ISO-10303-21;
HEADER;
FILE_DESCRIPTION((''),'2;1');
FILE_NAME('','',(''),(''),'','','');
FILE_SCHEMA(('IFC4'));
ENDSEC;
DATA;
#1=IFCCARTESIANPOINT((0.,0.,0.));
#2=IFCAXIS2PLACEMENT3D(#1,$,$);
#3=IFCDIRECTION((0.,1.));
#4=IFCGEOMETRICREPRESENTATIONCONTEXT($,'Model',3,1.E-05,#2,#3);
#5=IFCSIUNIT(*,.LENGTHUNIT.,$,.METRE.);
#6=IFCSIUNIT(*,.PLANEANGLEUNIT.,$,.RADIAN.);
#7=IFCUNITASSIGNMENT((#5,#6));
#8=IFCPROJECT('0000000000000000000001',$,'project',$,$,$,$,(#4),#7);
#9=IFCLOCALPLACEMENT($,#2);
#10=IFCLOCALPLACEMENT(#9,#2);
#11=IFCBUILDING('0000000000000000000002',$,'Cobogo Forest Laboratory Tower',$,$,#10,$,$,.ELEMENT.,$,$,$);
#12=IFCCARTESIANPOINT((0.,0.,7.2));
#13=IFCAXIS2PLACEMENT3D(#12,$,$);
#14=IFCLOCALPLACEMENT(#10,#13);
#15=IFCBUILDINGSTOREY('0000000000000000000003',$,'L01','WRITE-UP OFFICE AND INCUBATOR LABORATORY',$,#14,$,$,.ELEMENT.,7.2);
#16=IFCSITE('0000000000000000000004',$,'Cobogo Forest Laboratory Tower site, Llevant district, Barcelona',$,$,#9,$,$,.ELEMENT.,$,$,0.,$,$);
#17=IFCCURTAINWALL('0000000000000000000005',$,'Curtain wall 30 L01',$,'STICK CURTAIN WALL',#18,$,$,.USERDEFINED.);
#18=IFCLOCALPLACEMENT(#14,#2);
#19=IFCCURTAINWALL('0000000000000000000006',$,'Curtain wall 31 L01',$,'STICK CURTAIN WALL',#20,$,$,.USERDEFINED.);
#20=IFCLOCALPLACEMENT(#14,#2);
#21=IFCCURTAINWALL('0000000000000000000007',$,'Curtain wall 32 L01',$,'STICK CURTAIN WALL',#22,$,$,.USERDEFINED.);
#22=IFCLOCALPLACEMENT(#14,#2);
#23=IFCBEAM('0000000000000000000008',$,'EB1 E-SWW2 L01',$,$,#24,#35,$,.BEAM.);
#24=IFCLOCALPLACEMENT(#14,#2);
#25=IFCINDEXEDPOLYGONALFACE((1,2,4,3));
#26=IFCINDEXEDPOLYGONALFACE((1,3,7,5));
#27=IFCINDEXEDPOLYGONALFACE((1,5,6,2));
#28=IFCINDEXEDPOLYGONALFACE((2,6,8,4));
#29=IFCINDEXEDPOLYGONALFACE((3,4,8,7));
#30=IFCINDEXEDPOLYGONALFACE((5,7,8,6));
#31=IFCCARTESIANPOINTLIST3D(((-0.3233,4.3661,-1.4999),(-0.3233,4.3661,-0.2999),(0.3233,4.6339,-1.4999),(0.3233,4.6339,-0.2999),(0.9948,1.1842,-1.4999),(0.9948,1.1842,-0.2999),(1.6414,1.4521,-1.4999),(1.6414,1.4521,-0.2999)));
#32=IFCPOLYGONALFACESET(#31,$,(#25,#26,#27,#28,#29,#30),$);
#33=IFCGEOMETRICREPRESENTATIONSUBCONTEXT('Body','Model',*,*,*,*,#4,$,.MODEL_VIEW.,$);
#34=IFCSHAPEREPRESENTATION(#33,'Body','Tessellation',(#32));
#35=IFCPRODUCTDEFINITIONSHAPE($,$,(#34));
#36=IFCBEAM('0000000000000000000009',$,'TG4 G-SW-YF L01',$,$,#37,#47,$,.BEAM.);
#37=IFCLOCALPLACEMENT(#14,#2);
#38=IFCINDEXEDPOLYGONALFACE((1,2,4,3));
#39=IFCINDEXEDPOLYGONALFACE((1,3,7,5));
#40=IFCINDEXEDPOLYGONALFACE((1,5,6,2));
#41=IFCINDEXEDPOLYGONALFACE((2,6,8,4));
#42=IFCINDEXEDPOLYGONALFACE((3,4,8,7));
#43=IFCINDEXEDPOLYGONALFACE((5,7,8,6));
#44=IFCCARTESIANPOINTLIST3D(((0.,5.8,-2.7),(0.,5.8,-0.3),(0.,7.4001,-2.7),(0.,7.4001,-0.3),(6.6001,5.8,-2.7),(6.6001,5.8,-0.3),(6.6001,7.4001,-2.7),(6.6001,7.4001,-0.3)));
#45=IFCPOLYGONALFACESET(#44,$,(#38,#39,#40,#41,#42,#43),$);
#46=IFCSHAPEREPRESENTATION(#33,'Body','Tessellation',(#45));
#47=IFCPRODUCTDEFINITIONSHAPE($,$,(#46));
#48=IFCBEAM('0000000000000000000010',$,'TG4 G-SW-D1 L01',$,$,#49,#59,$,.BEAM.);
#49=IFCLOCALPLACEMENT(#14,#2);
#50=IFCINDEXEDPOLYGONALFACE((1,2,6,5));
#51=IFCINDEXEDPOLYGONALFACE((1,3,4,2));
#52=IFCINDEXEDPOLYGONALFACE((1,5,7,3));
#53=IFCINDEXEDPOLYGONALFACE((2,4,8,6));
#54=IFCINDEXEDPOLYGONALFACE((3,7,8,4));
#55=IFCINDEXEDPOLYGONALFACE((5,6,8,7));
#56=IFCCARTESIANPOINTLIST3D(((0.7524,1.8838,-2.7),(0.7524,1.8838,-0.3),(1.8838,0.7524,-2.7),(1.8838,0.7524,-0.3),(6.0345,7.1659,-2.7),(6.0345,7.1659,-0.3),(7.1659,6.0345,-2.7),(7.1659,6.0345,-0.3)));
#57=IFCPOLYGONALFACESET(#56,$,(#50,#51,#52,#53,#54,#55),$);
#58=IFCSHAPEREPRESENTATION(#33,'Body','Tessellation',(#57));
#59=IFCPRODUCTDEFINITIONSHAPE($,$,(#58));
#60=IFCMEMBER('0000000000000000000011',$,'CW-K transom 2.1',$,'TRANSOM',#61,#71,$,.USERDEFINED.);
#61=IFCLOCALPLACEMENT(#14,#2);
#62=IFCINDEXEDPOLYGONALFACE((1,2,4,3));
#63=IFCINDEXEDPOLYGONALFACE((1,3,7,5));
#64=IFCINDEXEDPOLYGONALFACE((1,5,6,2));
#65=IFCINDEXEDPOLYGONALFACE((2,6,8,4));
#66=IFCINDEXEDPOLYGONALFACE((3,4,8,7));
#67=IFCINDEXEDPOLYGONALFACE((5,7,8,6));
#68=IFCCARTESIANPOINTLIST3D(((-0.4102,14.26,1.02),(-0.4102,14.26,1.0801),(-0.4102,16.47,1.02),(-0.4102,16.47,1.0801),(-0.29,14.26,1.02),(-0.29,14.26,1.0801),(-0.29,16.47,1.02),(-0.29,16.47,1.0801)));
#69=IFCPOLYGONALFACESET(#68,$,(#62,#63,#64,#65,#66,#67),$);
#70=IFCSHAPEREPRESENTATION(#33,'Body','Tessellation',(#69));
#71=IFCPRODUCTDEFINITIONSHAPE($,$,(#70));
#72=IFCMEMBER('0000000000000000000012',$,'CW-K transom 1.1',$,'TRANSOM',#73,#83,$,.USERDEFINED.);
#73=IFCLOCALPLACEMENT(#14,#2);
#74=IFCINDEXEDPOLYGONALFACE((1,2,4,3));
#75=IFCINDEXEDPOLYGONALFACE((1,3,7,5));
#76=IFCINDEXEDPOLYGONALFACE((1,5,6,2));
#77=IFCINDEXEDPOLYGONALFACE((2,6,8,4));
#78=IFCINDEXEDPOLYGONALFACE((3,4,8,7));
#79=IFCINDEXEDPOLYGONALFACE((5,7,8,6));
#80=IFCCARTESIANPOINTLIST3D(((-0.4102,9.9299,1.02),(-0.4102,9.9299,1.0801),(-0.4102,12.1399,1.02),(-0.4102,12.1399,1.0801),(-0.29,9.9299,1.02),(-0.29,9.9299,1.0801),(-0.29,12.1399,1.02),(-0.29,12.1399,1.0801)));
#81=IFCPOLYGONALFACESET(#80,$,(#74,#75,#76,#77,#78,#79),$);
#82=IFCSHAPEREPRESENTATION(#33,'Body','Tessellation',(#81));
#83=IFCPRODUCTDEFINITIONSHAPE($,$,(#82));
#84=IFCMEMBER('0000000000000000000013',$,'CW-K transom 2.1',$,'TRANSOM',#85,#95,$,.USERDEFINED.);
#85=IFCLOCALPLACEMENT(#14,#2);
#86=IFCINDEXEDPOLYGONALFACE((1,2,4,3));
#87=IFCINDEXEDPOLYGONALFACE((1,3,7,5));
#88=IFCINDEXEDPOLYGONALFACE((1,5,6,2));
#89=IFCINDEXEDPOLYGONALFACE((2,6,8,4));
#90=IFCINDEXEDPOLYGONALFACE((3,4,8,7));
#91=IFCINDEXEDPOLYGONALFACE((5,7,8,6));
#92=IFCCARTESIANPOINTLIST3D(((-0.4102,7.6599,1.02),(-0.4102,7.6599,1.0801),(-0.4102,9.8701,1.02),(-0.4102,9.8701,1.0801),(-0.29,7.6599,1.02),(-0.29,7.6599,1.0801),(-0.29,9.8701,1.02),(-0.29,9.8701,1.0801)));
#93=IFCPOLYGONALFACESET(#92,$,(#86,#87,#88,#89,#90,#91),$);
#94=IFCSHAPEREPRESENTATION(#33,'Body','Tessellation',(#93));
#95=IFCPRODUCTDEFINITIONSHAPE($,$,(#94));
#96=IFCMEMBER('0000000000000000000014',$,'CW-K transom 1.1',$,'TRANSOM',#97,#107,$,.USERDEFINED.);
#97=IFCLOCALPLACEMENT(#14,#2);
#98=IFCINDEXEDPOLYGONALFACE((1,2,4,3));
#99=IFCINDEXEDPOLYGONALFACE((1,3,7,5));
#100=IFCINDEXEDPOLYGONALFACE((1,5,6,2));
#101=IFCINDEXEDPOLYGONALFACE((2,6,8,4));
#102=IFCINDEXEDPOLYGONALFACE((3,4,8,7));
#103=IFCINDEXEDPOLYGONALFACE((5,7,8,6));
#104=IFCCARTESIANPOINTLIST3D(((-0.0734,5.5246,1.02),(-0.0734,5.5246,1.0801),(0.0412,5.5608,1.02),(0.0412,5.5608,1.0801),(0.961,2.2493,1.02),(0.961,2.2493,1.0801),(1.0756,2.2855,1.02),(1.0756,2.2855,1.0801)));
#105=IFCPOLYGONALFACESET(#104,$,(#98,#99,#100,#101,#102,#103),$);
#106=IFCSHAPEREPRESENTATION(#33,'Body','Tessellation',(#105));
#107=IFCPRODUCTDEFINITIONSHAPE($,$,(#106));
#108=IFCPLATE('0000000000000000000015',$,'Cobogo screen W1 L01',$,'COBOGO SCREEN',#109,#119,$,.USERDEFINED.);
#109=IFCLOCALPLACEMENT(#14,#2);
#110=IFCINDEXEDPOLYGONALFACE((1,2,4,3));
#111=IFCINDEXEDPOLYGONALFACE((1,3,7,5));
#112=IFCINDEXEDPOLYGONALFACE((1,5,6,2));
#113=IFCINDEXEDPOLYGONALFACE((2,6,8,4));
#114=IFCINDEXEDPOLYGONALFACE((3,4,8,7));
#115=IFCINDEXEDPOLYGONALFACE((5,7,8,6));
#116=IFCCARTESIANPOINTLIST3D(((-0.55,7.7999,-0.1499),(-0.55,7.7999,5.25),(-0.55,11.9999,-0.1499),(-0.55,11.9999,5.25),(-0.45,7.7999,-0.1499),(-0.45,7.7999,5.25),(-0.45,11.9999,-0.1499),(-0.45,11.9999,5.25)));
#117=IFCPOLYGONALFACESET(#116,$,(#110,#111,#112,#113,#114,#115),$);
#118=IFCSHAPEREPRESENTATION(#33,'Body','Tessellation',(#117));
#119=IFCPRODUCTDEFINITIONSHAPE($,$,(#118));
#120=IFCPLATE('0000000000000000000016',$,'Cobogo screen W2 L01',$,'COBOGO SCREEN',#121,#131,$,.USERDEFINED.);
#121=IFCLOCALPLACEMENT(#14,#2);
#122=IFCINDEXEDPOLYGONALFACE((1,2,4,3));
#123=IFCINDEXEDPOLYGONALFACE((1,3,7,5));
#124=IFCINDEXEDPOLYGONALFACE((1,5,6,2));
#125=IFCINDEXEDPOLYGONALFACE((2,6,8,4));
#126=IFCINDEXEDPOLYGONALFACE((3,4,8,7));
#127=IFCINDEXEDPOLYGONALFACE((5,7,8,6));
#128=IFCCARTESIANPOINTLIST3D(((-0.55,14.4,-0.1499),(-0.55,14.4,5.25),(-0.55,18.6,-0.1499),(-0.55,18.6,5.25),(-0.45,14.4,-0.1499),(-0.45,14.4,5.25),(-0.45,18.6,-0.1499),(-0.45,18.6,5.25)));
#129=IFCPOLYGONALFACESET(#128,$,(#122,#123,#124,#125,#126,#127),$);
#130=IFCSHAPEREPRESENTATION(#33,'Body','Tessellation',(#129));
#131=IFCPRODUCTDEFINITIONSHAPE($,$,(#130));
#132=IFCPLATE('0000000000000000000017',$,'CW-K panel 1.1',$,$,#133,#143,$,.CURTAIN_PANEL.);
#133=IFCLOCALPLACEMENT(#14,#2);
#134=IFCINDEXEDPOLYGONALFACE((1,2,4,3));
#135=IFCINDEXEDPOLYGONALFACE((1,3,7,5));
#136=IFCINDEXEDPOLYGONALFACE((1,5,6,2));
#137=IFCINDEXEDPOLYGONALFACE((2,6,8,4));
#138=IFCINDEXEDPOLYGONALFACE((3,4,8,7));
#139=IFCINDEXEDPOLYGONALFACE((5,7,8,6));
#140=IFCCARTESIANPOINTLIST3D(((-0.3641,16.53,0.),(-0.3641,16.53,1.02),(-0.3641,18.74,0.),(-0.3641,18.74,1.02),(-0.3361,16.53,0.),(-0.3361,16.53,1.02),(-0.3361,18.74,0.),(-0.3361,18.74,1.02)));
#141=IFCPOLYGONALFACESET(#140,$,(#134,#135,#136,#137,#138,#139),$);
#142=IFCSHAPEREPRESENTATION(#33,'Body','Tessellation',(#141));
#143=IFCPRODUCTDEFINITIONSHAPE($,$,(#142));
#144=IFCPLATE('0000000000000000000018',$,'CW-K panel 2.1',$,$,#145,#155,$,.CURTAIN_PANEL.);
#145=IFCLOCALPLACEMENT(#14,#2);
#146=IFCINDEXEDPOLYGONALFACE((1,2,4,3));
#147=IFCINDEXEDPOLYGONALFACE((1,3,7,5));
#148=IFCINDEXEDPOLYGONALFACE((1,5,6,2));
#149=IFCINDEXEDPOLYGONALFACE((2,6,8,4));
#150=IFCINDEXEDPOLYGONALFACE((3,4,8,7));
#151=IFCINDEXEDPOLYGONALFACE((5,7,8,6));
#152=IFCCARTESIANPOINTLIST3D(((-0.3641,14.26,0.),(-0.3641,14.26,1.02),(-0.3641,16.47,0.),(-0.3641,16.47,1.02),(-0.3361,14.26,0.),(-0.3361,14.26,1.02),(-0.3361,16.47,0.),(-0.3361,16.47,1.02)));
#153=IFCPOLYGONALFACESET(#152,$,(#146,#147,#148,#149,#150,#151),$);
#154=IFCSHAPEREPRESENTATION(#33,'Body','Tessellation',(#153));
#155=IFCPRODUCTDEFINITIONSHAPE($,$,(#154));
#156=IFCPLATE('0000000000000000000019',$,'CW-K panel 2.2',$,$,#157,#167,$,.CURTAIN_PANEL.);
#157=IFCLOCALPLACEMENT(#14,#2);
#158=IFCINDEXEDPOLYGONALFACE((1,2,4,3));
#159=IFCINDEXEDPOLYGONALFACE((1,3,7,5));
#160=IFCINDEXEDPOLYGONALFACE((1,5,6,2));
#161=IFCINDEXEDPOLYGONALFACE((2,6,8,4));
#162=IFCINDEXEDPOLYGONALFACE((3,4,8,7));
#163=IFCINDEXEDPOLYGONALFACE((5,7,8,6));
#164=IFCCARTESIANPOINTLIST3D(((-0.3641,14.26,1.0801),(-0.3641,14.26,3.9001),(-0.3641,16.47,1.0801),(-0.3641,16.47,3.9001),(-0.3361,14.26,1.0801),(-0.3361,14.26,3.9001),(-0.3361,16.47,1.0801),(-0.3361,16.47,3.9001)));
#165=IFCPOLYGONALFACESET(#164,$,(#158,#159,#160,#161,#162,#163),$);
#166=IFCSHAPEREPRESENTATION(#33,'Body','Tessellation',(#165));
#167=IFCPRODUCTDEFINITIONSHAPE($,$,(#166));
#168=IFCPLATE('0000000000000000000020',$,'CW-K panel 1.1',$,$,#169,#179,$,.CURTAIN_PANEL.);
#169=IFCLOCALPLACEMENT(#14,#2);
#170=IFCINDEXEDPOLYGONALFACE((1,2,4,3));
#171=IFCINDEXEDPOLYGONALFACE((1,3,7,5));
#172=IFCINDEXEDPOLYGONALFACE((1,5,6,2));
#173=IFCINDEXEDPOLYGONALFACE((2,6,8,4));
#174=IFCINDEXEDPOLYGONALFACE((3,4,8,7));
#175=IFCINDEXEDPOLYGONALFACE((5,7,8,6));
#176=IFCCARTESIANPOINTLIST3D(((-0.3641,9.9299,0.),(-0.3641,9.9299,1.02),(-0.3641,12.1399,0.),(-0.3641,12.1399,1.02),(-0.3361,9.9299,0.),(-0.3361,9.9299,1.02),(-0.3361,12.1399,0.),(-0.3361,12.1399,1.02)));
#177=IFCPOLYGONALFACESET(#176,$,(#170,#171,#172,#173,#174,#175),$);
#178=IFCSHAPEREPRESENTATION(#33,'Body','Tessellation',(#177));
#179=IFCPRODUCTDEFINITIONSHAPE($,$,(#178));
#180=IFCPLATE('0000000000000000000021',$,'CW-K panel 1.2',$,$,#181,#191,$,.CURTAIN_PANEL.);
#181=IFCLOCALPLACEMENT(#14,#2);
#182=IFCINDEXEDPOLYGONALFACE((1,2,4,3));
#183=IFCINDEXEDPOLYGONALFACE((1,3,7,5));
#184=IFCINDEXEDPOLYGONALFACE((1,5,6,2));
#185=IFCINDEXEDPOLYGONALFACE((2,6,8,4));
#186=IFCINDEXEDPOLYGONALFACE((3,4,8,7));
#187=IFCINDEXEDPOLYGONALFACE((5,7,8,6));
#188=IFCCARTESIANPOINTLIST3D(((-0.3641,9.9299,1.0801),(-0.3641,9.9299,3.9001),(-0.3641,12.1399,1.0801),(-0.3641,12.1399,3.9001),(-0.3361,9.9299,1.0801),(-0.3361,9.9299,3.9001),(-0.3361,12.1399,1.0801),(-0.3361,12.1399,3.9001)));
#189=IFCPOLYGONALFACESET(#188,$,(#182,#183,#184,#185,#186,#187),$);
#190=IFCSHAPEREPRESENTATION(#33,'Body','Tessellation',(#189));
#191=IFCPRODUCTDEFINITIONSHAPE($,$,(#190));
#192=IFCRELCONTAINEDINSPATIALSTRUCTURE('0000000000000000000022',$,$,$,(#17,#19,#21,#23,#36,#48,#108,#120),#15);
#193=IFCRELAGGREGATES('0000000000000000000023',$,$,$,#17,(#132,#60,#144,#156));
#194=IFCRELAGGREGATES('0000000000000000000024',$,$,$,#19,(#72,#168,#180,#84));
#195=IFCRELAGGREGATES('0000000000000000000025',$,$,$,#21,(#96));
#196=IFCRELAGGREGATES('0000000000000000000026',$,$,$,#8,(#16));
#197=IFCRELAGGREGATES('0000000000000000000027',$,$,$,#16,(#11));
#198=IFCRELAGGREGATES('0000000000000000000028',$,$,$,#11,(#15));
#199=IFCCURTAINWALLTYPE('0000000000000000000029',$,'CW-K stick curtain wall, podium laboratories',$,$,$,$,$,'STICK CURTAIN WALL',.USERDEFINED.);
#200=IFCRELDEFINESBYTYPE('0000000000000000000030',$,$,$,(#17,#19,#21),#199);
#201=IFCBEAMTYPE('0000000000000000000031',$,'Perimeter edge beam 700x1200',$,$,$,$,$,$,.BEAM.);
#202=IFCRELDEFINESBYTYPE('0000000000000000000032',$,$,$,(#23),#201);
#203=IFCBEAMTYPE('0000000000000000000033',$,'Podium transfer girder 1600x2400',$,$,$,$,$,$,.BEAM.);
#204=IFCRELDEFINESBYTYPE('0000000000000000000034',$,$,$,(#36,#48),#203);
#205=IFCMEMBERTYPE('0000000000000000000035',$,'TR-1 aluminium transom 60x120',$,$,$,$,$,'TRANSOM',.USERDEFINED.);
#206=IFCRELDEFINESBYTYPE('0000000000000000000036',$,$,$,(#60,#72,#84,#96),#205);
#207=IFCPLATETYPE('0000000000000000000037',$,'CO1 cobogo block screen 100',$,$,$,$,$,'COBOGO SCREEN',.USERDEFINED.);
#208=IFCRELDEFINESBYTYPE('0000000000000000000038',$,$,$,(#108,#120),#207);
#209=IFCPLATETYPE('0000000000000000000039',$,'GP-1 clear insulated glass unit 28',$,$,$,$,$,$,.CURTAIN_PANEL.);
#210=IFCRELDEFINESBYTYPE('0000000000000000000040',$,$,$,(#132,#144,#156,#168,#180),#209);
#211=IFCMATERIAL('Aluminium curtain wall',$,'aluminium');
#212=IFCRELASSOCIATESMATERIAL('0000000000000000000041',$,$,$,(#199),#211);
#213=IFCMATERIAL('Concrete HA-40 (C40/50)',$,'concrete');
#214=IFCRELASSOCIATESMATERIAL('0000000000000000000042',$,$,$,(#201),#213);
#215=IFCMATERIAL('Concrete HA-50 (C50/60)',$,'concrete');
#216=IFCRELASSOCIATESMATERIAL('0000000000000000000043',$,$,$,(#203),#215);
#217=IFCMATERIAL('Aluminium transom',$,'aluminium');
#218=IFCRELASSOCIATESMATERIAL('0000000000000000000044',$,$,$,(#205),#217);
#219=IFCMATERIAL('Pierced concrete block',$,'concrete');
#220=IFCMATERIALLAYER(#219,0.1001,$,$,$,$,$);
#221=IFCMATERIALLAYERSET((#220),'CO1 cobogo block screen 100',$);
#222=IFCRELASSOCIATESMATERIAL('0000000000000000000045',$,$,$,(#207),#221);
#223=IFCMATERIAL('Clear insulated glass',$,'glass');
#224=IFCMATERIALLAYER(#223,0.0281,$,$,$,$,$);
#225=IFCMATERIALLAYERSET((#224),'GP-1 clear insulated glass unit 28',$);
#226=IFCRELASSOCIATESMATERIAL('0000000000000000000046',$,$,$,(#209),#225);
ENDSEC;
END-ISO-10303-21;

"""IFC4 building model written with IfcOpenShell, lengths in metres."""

from ifc_helpers import new_model, si_unit, direction, frame, origin, origin_2d, place, context, subcontext, project, spatial, rectangle, extrude, material, layer, layer_set, material_profile, profile_set, type_object, element, aggregate, save


model = new_model("IFC4")

# Units and contexts
model_context = context("Model", 3, precision=1e-05, world=origin(), true_north=direction((0.0, 1.0)))
body_context = subcontext(model_context, "Body", "Model", "MODEL_VIEW")
ifc_project = project(units=[si_unit("LENGTHUNIT", "METRE"), si_unit("PLANEANGLEUNIT", "RADIAN")], contexts=[model_context])

# Site, building, storey
site_placement = place(None, origin())
site = spatial("IfcSite", under=ifc_project, at=site_placement, Name="Cobogo Forest Laboratory Tower site, Llevant district, Barcelona", CompositionType="ELEMENT", RefElevation=0.0)
building_placement = place(site_placement, origin())
building = spatial("IfcBuilding", under=site, at=building_placement, Name="Cobogo Forest Laboratory Tower", CompositionType="ELEMENT")
storey_placement = place(building_placement, frame((0.0, 0.0, 7.2)))
storey = spatial("IfcBuildingStorey", under=building, at=storey_placement, Name="L01", Description="WRITE-UP OFFICE AND INCUBATOR LABORATORY", CompositionType="ELEMENT", Elevation=7.2)

# Shared definitions
ifc_material_1 = material(Name="Concrete HA-50 (C50/60)", Category="concrete")

# Curtain walls
ifc_material_2 = material(Name="Aluminium curtain wall", Category="aluminium")
curtain_wall_type = type_object("IfcCurtainWallType", Name="CW-K stick curtain wall, podium laboratories", ElementType="STICK CURTAIN WALL", PredefinedType="USERDEFINED", material=ifc_material_2)
curtain_wall_1_placement = place(storey_placement, origin())
curtain_wall_1 = element("IfcCurtainWall", 1, at=curtain_wall_1_placement, inside=storey, type_object=curtain_wall_type, Name="Curtain wall 30 L01", ObjectType="STICK CURTAIN WALL", PredefinedType="USERDEFINED")
curtain_wall_2_placement = place(storey_placement, origin())
curtain_wall_2 = element("IfcCurtainWall", 2, at=curtain_wall_2_placement, inside=storey, type_object=curtain_wall_type, Name="Curtain wall 31 L01", ObjectType="STICK CURTAIN WALL", PredefinedType="USERDEFINED")
curtain_wall_3_placement = place(storey_placement, origin())
curtain_wall_3 = element("IfcCurtainWall", 3, at=curtain_wall_3_placement, inside=storey, type_object=curtain_wall_type, Name="Curtain wall 32 L01", ObjectType="STICK CURTAIN WALL", PredefinedType="USERDEFINED")

# Beams
ifc_material_3 = material(Name="Concrete HA-40 (C40/50)", Category="concrete")
ifc_material_profile_1 = material_profile(ifc_material_3, rectangle(XDim=0.7, YDim=1.2, at=origin_2d()), Name="RC 700x1200")
ifc_profile_set_1 = profile_set([ifc_material_profile_1], Name="Concrete HA-40 (C40/50)")
beam_type_1 = type_object("IfcBeamType", Name="Perimeter edge beam 700x1200", PredefinedType="BEAM", material=ifc_profile_set_1)
beam_1_placement = place(storey_placement, frame((0.0, 4.5, -0.8999), z_axis=(0.382717, -0.923866, 0.0), x_axis=(0.923866, 0.382717, 0.0)))
element("IfcBeam", 4, at=beam_1_placement, inside=storey, type_object=beam_type_1, Name="EB1 E-SWW2 L01", PredefinedType="BEAM", context=body_context, shape_type="SweptSolid", body=[
    extrude(rectangle(XDim=0.7, YDim=1.2, at=origin_2d()), origin(), (0.0, 0.0, 1.0), 3.4441),
])
ifc_material_profile_2 = material_profile(ifc_material_1, rectangle(XDim=1.6001, YDim=2.3999, at=origin_2d()), Name="RC 1600x2400")
ifc_profile_set_2 = profile_set([ifc_material_profile_2], Name="Concrete HA-50 (C50/60)")
beam_type_2 = type_object("IfcBeamType", Name="Podium transfer girder 1600x2400", PredefinedType="BEAM", material=ifc_profile_set_2)
beam_2_placement = place(storey_placement, frame((0.0, 6.6001, -1.5), z_axis=(1.0, 0.0, 0.0), x_axis=(0.0, 1.0, 0.0)))
element("IfcBeam", 5, at=beam_2_placement, inside=storey, type_object=beam_type_2, Name="TG4 G-SW-YF L01", PredefinedType="BEAM", context=body_context, shape_type="SweptSolid", body=[
    extrude(rectangle(XDim=1.6001, YDim=2.3999, at=origin_2d()), origin(), (0.0, 0.0, 1.0), 6.6001),
])
beam_3_placement = place(storey_placement, frame((1.3181, 1.3181, -1.5), z_axis=(0.707107, 0.707107, 0.0), x_axis=(-0.707107, 0.707107, 0.0)))
element("IfcBeam", 6, at=beam_3_placement, inside=storey, type_object=beam_type_2, Name="TG4 G-SW-D1 L01", PredefinedType="BEAM", context=body_context, shape_type="SweptSolid", body=[
    extrude(rectangle(XDim=1.6001, YDim=2.3999, at=origin_2d()), origin(), (0.0, 0.0, 1.0), 7.47),
])

# Members
ifc_material_4 = material(Name="Aluminium transom", Category="aluminium")
ifc_material_profile_3 = material_profile(ifc_material_4, rectangle(XDim=0.1201, YDim=0.0601, at=origin_2d()), Name="AL 60x120")
ifc_profile_set_3 = profile_set([ifc_material_profile_3], Name="Aluminium transom")
member_type_1 = type_object("IfcMemberType", Name="TR-1 aluminium transom 60x120", ElementType="TRANSOM", PredefinedType="USERDEFINED", material=ifc_profile_set_3)
member_1_placement = place(storey_placement, frame((-0.3501, 16.47, 1.05), z_axis=(0.0, -1.0, 0.0), x_axis=(1.0, 0.0, 0.0)))
member_1 = element("IfcMember", 7, at=member_1_placement, type_object=member_type_1, Name="CW-K transom 2.1", ObjectType="TRANSOM", PredefinedType="USERDEFINED", context=body_context, shape_type="SweptSolid", body=[
    extrude(rectangle(XDim=0.1201, YDim=0.0601, at=origin_2d()), origin(), (0.0, 0.0, 1.0), 2.21),
])
member_2_placement = place(storey_placement, frame((-0.3501, 12.1399, 1.05), z_axis=(0.0, -1.0, 0.0), x_axis=(1.0, 0.0, 0.0)))
member_2 = element("IfcMember", 8, at=member_2_placement, type_object=member_type_1, Name="CW-K transom 1.1", ObjectType="TRANSOM", PredefinedType="USERDEFINED", context=body_context, shape_type="SweptSolid", body=[
    extrude(rectangle(XDim=0.1201, YDim=0.0601, at=origin_2d()), origin(), (0.0, 0.0, 1.0), 2.21),
])
member_3_placement = place(storey_placement, frame((-0.3501, 9.8701, 1.05), z_axis=(0.0, -1.0, 0.0), x_axis=(1.0, 0.0, 0.0)))
member_3 = element("IfcMember", 9, at=member_3_placement, type_object=member_type_1, Name="CW-K transom 2.1", ObjectType="TRANSOM", PredefinedType="USERDEFINED", context=body_context, shape_type="SweptSolid", body=[
    extrude(rectangle(XDim=0.1201, YDim=0.0601, at=origin_2d()), origin(), (0.0, 0.0, 1.0), 2.2102),
])
member_4_placement = place(storey_placement, frame((-0.0161, 5.5427, 1.05), z_axis=(0.301155, -0.953575, 0.0), x_axis=(0.953575, 0.301155, 0.0)))
member_4 = element("IfcMember", 10, at=member_4_placement, type_object=member_type_1, Name="CW-K transom 1.1", ObjectType="TRANSOM", PredefinedType="USERDEFINED", context=body_context, shape_type="SweptSolid", body=[
    extrude(rectangle(XDim=0.1201, YDim=0.0601, at=origin_2d()), origin(), (0.0, 0.0, 1.0), 3.4348),
])

# Plates
ifc_material_5 = material(Name="Pierced concrete block", Category="concrete")
ifc_layer_1 = layer(ifc_material_5, 0.1001)
ifc_layer_set_1 = layer_set([ifc_layer_1], Name="CO1 cobogo block screen 100")
plate_type_1 = type_object("IfcPlateType", Name="CO1 cobogo block screen 100", ElementType="COBOGO SCREEN", PredefinedType="USERDEFINED", material=ifc_layer_set_1)
for number, where, z_axis, x_axis, name in (
    (11, (-0.5, 9.8999, -0.1499), (0.0, 0.0, 1.0), (0.0, 1.0, 0.0), "Cobogo screen W1 L01"),
    (12, (-0.5, 16.5, -0.1499), (0.0, 0.0, 1.0), (0.0, 1.0, 0.0), "Cobogo screen W2 L01"),
):
    element("IfcPlate", number, at=place(storey_placement, frame(where, z_axis=z_axis, x_axis=x_axis)), inside=storey, type_object=plate_type_1, Name=name, ObjectType="COBOGO SCREEN", PredefinedType="USERDEFINED", context=body_context, shape_type="SweptSolid", body=[
        extrude(rectangle(XDim=4.2, YDim=0.1001, at=origin_2d()), origin(), (0.0, 0.0, 1.0), 5.3999),
    ])

# Plates
ifc_material_6 = material(Name="Clear insulated glass", Category="glass")
ifc_layer_2 = layer(ifc_material_6, 0.0281)
ifc_layer_set_2 = layer_set([ifc_layer_2], Name="GP-1 clear insulated glass unit 28")
plate_type_2 = type_object("IfcPlateType", Name="GP-1 clear insulated glass unit 28", PredefinedType="CURTAIN_PANEL", material=ifc_layer_set_2)
plate_1_placement = place(storey_placement, frame((-0.3501, 17.635, 0.0), z_axis=(0.0, 0.0, 1.0), x_axis=(0.0, -1.0, 0.0)))
plate_1 = element("IfcPlate", 13, at=plate_1_placement, type_object=plate_type_2, Name="CW-K panel 1.1", PredefinedType="CURTAIN_PANEL", context=body_context, shape_type="SweptSolid", body=[
    extrude(rectangle(XDim=2.21, YDim=0.0281, at=origin_2d()), origin(), (0.0, 0.0, 1.0), 1.02),
])
plate_2_placement = place(storey_placement, frame((-0.3501, 15.365, 0.0), z_axis=(0.0, 0.0, 1.0), x_axis=(0.0, -1.0, 0.0)))
plate_2 = element("IfcPlate", 14, at=plate_2_placement, type_object=plate_type_2, Name="CW-K panel 2.1", PredefinedType="CURTAIN_PANEL", context=body_context, shape_type="SweptSolid", body=[
    extrude(rectangle(XDim=2.21, YDim=0.0281, at=origin_2d()), origin(), (0.0, 0.0, 1.0), 1.02),
])
plate_3_placement = place(storey_placement, frame((-0.3501, 15.365, 1.0801), z_axis=(0.0, 0.0, 1.0), x_axis=(0.0, -1.0, 0.0)))
plate_3 = element("IfcPlate", 15, at=plate_3_placement, type_object=plate_type_2, Name="CW-K panel 2.2", PredefinedType="CURTAIN_PANEL", context=body_context, shape_type="SweptSolid", body=[
    extrude(rectangle(XDim=2.21, YDim=0.0281, at=origin_2d()), origin(), (0.0, 0.0, 1.0), 2.8201),
])
aggregate(curtain_wall_1, [plate_1, member_1, plate_2, plate_3])
plate_4_placement = place(storey_placement, frame((-0.3501, 11.0349, 0.0), z_axis=(0.0, 0.0, 1.0), x_axis=(0.0, -1.0, 0.0)))
plate_4 = element("IfcPlate", 16, at=plate_4_placement, type_object=plate_type_2, Name="CW-K panel 1.1", PredefinedType="CURTAIN_PANEL", context=body_context, shape_type="SweptSolid", body=[
    extrude(rectangle(XDim=2.21, YDim=0.0281, at=origin_2d()), origin(), (0.0, 0.0, 1.0), 1.02),
])
plate_5_placement = place(storey_placement, frame((-0.3501, 11.0349, 1.0801), z_axis=(0.0, 0.0, 1.0), x_axis=(0.0, -1.0, 0.0)))
plate_5 = element("IfcPlate", 17, at=plate_5_placement, type_object=plate_type_2, Name="CW-K panel 1.2", PredefinedType="CURTAIN_PANEL", context=body_context, shape_type="SweptSolid", body=[
    extrude(rectangle(XDim=2.21, YDim=0.0281, at=origin_2d()), origin(), (0.0, 0.0, 1.0), 2.8201),
])
aggregate(curtain_wall_2, [member_2, plate_4, plate_5, member_3])
aggregate(curtain_wall_3, [member_4])

save(model, "model.ifc")
